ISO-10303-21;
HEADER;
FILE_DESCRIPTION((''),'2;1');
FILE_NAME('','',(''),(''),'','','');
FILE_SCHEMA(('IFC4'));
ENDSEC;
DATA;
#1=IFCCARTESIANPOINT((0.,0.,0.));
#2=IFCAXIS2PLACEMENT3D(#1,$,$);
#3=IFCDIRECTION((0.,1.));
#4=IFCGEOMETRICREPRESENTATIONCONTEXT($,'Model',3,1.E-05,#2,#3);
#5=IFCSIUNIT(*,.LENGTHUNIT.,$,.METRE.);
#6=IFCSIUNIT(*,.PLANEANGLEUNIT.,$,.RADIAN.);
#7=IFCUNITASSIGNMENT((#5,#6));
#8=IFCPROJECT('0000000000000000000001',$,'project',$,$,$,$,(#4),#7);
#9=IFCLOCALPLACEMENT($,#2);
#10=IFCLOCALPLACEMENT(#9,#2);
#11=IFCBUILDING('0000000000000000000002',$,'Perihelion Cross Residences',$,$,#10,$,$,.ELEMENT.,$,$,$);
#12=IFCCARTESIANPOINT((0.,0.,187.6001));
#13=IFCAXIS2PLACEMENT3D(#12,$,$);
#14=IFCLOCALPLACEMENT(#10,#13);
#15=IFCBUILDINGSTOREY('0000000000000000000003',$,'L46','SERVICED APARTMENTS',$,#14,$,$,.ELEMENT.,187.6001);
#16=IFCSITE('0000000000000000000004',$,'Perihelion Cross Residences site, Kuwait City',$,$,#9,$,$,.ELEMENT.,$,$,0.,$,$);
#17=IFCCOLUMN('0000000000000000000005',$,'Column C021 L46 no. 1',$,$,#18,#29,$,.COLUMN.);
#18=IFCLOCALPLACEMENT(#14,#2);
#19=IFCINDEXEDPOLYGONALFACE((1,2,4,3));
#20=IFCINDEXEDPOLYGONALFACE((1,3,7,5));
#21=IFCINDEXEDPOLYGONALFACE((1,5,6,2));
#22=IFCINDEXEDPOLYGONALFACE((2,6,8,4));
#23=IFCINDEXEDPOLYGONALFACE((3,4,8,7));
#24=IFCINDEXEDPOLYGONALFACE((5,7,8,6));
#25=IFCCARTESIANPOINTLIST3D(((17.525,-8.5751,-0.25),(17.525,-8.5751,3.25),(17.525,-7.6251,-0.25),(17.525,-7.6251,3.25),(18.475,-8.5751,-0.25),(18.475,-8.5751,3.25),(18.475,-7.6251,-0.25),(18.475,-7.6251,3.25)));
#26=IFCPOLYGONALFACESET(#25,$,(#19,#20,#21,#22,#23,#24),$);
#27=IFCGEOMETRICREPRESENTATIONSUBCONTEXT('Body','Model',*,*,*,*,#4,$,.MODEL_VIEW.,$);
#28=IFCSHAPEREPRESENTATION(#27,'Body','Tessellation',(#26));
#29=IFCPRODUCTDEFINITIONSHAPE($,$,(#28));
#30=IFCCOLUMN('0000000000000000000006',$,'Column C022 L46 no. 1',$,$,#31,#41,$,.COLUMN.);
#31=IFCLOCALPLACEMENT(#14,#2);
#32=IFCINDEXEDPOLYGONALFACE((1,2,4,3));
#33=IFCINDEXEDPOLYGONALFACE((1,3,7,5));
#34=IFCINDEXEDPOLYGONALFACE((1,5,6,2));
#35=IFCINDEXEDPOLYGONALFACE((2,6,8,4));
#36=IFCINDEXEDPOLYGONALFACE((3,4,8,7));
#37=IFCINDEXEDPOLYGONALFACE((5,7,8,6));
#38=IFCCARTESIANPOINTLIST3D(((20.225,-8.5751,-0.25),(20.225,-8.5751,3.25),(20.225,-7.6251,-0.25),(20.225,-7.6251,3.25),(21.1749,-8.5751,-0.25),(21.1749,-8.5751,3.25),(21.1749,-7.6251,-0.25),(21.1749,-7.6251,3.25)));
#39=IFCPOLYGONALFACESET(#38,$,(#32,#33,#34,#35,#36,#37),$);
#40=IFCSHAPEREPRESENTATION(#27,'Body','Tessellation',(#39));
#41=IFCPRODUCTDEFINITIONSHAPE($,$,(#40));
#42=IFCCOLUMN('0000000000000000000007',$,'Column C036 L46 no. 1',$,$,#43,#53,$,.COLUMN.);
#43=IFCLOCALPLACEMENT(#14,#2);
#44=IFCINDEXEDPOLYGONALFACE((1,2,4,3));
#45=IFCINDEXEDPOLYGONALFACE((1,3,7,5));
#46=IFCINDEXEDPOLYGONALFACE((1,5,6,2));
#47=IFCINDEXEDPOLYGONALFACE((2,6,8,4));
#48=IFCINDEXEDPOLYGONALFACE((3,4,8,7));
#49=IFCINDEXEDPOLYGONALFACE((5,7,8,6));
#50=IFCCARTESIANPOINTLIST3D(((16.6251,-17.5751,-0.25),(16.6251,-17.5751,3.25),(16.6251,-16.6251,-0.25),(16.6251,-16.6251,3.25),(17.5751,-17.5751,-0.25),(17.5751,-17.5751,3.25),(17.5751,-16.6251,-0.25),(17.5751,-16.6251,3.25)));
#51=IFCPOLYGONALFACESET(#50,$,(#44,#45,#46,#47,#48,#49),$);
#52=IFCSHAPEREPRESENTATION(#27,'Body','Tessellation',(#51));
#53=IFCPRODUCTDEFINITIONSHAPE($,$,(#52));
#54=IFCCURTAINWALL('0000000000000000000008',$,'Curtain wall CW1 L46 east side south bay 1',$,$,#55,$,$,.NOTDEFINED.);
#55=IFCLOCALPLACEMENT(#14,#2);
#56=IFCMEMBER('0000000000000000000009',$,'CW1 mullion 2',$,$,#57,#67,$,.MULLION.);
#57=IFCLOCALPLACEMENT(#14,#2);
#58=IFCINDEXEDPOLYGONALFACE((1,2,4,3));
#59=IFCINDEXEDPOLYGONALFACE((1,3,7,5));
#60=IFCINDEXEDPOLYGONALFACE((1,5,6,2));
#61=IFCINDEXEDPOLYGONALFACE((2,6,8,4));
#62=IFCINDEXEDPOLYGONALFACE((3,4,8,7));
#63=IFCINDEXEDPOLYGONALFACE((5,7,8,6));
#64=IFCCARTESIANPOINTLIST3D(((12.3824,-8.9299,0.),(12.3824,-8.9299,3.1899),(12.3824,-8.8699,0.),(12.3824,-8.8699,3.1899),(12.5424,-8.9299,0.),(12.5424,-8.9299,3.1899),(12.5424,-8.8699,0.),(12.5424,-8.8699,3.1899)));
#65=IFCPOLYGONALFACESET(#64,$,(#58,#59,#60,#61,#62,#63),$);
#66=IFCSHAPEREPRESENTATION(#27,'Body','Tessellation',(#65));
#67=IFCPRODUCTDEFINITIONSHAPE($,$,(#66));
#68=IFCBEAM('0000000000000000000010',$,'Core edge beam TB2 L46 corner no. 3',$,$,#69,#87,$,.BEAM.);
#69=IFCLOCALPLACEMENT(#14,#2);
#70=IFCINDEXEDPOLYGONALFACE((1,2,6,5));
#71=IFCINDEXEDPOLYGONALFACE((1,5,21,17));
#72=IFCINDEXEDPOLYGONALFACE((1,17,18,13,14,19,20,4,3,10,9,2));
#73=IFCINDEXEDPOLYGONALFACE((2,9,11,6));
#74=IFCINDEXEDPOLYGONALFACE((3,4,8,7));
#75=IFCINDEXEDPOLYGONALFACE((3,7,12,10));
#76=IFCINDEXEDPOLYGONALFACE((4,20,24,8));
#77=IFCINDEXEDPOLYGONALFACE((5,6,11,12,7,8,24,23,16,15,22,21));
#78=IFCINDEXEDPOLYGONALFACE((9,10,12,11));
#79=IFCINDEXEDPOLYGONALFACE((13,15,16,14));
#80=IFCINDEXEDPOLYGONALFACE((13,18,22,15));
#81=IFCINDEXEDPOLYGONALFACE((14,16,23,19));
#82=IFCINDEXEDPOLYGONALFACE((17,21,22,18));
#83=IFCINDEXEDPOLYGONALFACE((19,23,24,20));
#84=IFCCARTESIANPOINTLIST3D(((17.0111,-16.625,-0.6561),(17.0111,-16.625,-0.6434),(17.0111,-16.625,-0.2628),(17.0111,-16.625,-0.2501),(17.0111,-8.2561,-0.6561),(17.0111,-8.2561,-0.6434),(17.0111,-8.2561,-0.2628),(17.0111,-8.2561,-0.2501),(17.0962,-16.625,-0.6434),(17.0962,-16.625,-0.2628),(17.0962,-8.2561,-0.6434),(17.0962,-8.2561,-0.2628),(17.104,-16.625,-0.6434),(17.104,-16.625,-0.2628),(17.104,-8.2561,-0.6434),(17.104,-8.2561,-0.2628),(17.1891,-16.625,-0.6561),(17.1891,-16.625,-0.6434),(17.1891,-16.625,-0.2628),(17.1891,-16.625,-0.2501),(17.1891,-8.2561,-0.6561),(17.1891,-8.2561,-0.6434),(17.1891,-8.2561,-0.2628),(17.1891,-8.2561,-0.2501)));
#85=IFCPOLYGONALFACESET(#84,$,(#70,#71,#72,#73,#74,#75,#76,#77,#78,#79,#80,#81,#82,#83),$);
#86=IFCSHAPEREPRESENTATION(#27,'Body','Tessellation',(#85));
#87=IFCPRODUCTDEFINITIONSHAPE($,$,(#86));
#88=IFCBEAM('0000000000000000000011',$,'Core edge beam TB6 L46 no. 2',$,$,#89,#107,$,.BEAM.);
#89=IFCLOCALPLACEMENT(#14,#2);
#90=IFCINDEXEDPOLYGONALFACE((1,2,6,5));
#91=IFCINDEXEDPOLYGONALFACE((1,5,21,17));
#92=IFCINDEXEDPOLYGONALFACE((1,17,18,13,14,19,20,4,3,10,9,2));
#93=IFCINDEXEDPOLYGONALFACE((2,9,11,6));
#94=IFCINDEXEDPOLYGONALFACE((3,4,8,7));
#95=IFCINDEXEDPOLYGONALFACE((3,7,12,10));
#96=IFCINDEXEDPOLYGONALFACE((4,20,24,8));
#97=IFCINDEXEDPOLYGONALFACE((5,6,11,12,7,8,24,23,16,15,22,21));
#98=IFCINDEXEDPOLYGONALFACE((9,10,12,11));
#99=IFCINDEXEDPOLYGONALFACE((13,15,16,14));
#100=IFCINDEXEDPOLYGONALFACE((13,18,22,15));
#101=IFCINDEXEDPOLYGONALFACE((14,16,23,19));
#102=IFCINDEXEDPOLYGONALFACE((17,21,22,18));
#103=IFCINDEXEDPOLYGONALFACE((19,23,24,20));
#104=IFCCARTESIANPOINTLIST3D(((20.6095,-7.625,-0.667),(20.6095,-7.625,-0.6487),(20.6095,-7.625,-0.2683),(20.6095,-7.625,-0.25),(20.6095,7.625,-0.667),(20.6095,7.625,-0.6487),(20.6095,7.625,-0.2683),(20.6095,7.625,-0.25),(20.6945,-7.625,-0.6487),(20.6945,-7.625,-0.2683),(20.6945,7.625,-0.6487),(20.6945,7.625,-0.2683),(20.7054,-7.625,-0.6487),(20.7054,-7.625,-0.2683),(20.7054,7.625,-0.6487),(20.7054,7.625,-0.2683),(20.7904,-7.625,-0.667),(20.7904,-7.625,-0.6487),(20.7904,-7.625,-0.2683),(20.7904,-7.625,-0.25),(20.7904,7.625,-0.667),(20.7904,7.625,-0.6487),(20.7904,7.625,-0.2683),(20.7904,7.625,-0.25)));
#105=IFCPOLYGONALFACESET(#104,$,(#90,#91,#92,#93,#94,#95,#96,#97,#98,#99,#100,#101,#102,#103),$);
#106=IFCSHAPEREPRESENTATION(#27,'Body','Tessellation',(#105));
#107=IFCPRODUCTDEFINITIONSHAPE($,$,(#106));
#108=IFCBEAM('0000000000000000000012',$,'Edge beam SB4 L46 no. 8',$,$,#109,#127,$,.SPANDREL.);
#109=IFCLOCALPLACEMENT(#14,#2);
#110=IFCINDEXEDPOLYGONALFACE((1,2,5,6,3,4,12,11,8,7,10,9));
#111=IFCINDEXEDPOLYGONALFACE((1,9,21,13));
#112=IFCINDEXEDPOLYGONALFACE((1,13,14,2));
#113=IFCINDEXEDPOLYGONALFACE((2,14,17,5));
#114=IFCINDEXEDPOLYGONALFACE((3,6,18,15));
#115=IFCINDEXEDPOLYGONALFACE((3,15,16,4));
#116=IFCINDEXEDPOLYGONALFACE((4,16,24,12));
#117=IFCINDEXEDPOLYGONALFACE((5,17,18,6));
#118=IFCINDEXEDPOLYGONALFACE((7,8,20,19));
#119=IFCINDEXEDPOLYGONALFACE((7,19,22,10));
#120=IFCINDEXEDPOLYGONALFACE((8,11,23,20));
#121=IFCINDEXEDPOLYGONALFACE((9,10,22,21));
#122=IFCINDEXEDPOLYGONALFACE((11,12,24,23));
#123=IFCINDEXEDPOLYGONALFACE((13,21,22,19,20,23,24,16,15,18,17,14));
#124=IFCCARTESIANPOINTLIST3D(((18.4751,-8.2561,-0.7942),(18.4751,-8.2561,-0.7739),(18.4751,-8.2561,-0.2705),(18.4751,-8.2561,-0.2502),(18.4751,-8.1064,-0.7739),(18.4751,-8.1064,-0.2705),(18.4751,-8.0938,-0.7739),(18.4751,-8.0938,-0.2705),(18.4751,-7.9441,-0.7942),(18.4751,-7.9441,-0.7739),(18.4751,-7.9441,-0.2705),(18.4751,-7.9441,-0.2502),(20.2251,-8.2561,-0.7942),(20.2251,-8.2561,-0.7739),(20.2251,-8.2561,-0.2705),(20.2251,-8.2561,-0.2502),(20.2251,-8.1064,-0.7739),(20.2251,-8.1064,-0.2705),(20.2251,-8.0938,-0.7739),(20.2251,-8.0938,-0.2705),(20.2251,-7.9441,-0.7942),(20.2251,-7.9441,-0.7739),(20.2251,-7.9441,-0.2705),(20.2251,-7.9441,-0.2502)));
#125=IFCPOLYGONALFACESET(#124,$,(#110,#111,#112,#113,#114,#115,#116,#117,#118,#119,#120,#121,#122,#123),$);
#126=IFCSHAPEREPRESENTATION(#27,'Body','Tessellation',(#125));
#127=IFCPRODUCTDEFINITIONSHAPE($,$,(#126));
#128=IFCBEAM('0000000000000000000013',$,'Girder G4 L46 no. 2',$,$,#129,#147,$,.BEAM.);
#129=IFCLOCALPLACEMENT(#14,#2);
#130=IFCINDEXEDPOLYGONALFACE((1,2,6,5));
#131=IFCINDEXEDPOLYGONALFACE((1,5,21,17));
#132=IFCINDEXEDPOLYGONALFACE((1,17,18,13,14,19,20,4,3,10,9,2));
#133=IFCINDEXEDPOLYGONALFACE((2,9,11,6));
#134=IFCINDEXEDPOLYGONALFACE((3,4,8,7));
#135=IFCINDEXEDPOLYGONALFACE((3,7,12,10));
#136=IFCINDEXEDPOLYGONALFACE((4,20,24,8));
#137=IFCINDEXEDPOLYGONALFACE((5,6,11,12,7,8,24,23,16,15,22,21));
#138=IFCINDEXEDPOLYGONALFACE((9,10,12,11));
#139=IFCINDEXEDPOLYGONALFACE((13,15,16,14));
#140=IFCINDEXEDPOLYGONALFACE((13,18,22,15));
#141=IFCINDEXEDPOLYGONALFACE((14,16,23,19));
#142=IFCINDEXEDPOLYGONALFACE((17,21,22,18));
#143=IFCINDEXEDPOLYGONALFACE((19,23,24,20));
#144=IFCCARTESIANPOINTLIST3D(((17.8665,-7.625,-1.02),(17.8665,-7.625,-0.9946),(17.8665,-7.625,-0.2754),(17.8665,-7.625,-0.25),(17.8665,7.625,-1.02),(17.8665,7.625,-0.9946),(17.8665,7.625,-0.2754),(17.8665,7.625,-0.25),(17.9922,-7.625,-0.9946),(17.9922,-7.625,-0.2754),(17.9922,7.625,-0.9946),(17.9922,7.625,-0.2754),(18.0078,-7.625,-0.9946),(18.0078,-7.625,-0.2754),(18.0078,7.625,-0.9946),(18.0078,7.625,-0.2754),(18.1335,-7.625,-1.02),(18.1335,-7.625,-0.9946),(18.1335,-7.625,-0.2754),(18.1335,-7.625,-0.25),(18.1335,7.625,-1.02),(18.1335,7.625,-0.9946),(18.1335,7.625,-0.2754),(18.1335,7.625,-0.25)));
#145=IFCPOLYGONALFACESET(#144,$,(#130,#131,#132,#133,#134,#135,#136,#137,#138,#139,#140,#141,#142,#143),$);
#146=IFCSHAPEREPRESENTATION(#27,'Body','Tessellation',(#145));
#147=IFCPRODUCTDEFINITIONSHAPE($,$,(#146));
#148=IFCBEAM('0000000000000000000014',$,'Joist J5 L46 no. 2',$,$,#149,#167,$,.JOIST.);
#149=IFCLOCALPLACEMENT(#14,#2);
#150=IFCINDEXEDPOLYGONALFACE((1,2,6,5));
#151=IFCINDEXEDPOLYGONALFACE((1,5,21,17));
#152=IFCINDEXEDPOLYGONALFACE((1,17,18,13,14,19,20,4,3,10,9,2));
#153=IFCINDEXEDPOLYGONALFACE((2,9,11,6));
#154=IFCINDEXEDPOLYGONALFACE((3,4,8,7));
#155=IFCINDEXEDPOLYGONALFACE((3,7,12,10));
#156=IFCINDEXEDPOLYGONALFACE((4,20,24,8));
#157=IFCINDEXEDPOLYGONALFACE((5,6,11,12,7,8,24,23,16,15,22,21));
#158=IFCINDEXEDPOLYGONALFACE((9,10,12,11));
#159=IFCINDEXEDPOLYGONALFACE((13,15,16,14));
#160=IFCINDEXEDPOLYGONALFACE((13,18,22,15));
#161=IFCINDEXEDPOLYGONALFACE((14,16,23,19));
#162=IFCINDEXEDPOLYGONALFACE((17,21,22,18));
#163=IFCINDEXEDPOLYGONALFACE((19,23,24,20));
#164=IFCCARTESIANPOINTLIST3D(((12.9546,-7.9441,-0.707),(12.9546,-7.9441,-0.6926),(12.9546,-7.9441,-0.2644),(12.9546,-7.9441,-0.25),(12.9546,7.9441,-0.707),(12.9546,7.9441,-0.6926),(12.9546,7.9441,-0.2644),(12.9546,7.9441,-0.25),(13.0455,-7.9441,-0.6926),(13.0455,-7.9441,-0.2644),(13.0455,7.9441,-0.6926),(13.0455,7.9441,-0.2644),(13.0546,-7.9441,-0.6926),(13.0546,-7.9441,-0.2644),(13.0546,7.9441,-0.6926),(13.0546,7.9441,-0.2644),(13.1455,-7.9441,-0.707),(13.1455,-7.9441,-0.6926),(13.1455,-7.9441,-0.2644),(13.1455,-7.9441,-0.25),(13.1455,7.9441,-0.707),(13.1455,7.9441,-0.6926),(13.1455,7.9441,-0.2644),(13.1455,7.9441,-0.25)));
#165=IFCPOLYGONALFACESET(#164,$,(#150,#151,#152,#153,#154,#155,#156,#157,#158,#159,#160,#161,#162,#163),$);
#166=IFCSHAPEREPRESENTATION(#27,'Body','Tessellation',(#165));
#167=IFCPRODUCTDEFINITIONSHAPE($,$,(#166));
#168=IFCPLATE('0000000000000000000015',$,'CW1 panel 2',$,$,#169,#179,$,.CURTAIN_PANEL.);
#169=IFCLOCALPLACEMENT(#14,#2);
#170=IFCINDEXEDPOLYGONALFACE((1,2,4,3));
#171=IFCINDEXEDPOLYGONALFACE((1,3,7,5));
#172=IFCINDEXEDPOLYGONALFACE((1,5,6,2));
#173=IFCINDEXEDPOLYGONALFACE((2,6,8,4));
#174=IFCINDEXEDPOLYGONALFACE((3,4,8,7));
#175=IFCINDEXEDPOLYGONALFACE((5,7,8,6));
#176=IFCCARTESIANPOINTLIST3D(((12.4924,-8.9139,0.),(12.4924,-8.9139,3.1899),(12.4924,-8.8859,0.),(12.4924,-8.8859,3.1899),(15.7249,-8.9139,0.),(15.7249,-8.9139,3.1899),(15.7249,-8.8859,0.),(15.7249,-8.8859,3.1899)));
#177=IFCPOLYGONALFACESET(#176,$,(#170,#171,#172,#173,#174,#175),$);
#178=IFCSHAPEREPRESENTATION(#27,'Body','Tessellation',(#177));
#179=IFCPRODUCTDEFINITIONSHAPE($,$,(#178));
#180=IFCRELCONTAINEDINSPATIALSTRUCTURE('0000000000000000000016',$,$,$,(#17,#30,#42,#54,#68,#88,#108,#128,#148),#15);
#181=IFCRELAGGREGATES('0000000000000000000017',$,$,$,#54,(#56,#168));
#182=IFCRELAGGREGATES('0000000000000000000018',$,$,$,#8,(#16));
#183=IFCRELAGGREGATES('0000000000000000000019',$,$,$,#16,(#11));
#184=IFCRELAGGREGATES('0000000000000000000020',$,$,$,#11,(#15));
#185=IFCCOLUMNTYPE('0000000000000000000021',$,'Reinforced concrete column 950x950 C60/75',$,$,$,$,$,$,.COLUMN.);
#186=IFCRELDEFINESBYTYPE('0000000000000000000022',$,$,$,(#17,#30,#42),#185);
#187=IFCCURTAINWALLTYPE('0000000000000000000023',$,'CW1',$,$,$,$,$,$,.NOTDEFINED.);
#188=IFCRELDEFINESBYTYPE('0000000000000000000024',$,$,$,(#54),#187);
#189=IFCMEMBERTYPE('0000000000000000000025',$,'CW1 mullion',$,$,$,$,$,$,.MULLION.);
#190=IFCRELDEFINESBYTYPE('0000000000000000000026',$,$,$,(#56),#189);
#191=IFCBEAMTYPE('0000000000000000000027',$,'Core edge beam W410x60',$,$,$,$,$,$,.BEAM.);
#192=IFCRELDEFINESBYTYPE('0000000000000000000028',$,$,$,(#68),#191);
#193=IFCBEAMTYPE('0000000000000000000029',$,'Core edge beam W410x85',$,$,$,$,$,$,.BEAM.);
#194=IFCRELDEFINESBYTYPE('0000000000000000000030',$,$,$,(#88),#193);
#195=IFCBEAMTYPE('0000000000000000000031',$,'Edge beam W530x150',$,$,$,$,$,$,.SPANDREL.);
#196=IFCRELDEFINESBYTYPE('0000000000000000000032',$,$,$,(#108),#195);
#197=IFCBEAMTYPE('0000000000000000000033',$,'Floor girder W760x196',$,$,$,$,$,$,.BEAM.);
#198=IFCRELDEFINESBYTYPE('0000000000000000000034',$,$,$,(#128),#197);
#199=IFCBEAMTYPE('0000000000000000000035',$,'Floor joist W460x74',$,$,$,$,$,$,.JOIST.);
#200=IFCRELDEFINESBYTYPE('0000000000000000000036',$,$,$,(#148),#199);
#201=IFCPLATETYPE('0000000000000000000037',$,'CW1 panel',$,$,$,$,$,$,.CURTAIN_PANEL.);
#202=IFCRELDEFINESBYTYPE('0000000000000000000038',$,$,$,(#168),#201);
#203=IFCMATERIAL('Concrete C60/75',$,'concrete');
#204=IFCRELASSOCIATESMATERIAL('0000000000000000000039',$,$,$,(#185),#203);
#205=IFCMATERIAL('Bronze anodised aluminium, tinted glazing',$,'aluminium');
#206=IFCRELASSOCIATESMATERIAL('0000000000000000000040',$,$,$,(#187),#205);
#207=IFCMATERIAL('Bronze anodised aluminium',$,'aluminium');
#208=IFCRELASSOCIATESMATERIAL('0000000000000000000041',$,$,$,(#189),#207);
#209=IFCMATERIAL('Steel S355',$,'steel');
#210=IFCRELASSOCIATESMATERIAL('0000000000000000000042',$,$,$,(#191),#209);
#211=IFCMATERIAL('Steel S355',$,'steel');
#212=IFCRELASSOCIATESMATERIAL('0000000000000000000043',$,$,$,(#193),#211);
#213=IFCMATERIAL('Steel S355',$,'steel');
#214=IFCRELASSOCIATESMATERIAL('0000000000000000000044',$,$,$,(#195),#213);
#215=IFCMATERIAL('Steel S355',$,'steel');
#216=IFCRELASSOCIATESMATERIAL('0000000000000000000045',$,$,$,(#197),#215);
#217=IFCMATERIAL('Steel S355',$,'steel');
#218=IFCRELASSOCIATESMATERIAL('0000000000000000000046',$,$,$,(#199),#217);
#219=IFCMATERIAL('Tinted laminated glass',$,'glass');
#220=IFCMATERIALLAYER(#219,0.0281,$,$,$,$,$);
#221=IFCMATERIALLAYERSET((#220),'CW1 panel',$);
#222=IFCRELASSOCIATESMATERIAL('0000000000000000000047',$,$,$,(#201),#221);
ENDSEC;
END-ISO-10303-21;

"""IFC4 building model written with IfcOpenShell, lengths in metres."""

from ifc_helpers import new_model, si_unit, direction, frame, origin, origin_2d, place, context, subcontext, project, spatial, rectangle, i_section, extrude, material, layer, layer_set, material_profile, profile_set, type_object, element, aggregate, save


model = new_model("IFC4")

# Units and contexts
model_context = context("Model", 3, precision=1e-05, world=origin(), true_north=direction((0.0, 1.0)))
body_context = subcontext(model_context, "Body", "Model", "MODEL_VIEW")
ifc_project = project(units=[si_unit("LENGTHUNIT", "METRE"), si_unit("PLANEANGLEUNIT", "RADIAN")], contexts=[model_context])

# Site, building, storey
site_placement = place(None, origin())
site = spatial("IfcSite", under=ifc_project, at=site_placement, Name="Perihelion Cross Residences site, Kuwait City", CompositionType="ELEMENT", RefElevation=0.0)
building_placement = place(site_placement, origin())
building = spatial("IfcBuilding", under=site, at=building_placement, Name="Perihelion Cross Residences", CompositionType="ELEMENT")
storey_placement = place(building_placement, frame((0.0, 0.0, 187.6001)))
storey = spatial("IfcBuildingStorey", under=building, at=storey_placement, Name="L46", Description="SERVICED APARTMENTS", CompositionType="ELEMENT", Elevation=187.6001)

# Columns
ifc_material_1 = material(Name="Concrete C60/75", Category="concrete")
ifc_material_profile_1 = material_profile(ifc_material_1, rectangle(XDim=0.95, YDim=0.95, at=origin_2d()), Name="RC 950x950")
ifc_profile_set_1 = profile_set([ifc_material_profile_1], Name="Concrete C60/75")
column_type = type_object("IfcColumnType", Name="Reinforced concrete column 950x950 C60/75", PredefinedType="COLUMN", material=ifc_profile_set_1)
for number, where, z_axis, x_axis, name in (
    (1, (18.0, -8.1001, -0.25), (0.0, 0.0, 1.0), (1.0, 0.0, 0.0), "Column C021 L46 no. 1"),
    (2, (20.7, -8.1001, -0.25), (0.0, 0.0, 1.0), (1.0, 0.0, 0.0), "Column C022 L46 no. 1"),
    (3, (17.1001, -17.1001, -0.25), (0.0, 0.0, 1.0), (1.0, 0.0, 0.0), "Column C036 L46 no. 1"),
):
    element("IfcColumn", number, at=place(storey_placement, frame(where, z_axis=z_axis, x_axis=x_axis)), inside=storey, type_object=column_type, Name=name, PredefinedType="COLUMN", context=body_context, shape_type="SweptSolid", body=[
        extrude(rectangle(XDim=0.95, YDim=0.95, at=origin_2d()), origin(), (0.0, 0.0, 1.0), 3.5),
    ])

# Curtain wall, member
ifc_material_2 = material(Name="Bronze anodised aluminium, tinted glazing", Category="aluminium")
curtain_wall_type = type_object("IfcCurtainWallType", Name="CW1", PredefinedType="NOTDEFINED", material=ifc_material_2)
curtain_wall_placement = place(storey_placement, origin())
curtain_wall = element("IfcCurtainWall", 4, at=curtain_wall_placement, inside=storey, type_object=curtain_wall_type, Name="Curtain wall CW1 L46 east side south bay 1", PredefinedType="NOTDEFINED")
ifc_material_3 = material(Name="Bronze anodised aluminium", Category="aluminium")
ifc_material_profile_2 = material_profile(ifc_material_3, rectangle(XDim=0.0601, YDim=0.1599, at=origin_2d()), Name="CW1 mullion")
ifc_profile_set_2 = profile_set([ifc_material_profile_2], Name="Bronze anodised aluminium")
member_type = type_object("IfcMemberType", Name="CW1 mullion", PredefinedType="MULLION", material=ifc_profile_set_2)
member_placement = place(storey_placement, frame((12.4624, -8.8999, 0.0), z_axis=(0.0, 0.0, 1.0), x_axis=(0.0, 1.0, 0.0)))
member = element("IfcMember", 5, at=member_placement, type_object=member_type, Name="CW1 mullion 2", PredefinedType="MULLION", context=body_context, shape_type="SweptSolid", body=[
    extrude(rectangle(XDim=0.0601, YDim=0.1599, at=origin_2d()), origin(), (0.0, 0.0, 1.0), 3.1899),
])

# Beams
ifc_material_4 = material(Name="Steel S355", Category="steel")
ifc_material_profile_3 = material_profile(ifc_material_4, i_section(OverallWidth=0.178, OverallDepth=0.406, WebThickness=0.0078, FlangeThickness=0.0127, at=origin_2d()), Name="W410x60")
ifc_profile_set_3 = profile_set([ifc_material_profile_3], Name="Steel S355")
beam_type_1 = type_object("IfcBeamType", Name="Core edge beam W410x60", PredefinedType="BEAM", material=ifc_profile_set_3)
beam_1_placement = place(storey_placement, frame((17.1001, -8.2561, -0.4531), z_axis=(0.0, -1.0, 0.0), x_axis=(1.0, 0.0, 0.0)))
element("IfcBeam", 6, at=beam_1_placement, inside=storey, type_object=beam_type_1, Name="Core edge beam TB2 L46 corner no. 3", PredefinedType="BEAM", context=body_context, shape_type="SweptSolid", body=[
    extrude(i_section(OverallWidth=0.178, OverallDepth=0.406, WebThickness=0.0078, FlangeThickness=0.0127, at=origin_2d()), origin(), (0.0, 0.0, 1.0), 8.3689),
])
ifc_material_5 = material(Name="Steel S355", Category="steel")
ifc_material_profile_4 = material_profile(ifc_material_5, i_section(OverallWidth=0.1809, OverallDepth=0.417, WebThickness=0.011, FlangeThickness=0.0183, at=origin_2d()), Name="W410x85")
ifc_profile_set_4 = profile_set([ifc_material_profile_4], Name="Steel S355")
beam_type_2 = type_object("IfcBeamType", Name="Core edge beam W410x85", PredefinedType="BEAM", material=ifc_profile_set_4)
beam_2_placement = place(storey_placement, frame((20.7, -7.625, -0.4585), z_axis=(0.0, 1.0, 0.0), x_axis=(-1.0, 0.0, 0.0)))
element("IfcBeam", 7, at=beam_2_placement, inside=storey, type_object=beam_type_2, Name="Core edge beam TB6 L46 no. 2", PredefinedType="BEAM", context=body_context, shape_type="SweptSolid", body=[
    extrude(i_section(OverallWidth=0.1809, OverallDepth=0.417, WebThickness=0.011, FlangeThickness=0.0183, at=origin_2d()), origin(), (0.0, 0.0, 1.0), 15.25),
])
ifc_material_6 = material(Name="Steel S355", Category="steel")
ifc_material_profile_5 = material_profile(ifc_material_6, i_section(OverallWidth=0.312, OverallDepth=0.5439, WebThickness=0.0127, FlangeThickness=0.0203, at=origin_2d()), Name="W530x150")
ifc_profile_set_5 = profile_set([ifc_material_profile_5], Name="Steel S355")
beam_type_3 = type_object("IfcBeamType", Name="Edge beam W530x150", PredefinedType="SPANDREL", material=ifc_profile_set_5)
beam_3_placement = place(storey_placement, frame((18.4751, -8.1001, -0.5222), z_axis=(1.0, 0.0, 0.0), x_axis=(0.0, 1.0, 0.0)))
element("IfcBeam", 8, at=beam_3_placement, inside=storey, type_object=beam_type_3, Name="Edge beam SB4 L46 no. 8", PredefinedType="SPANDREL", context=body_context, shape_type="SweptSolid", body=[
    extrude(i_section(OverallWidth=0.312, OverallDepth=0.5439, WebThickness=0.0127, FlangeThickness=0.0203, at=origin_2d()), origin(), (0.0, 0.0, 1.0), 1.75),
])
ifc_material_7 = material(Name="Steel S355", Category="steel")
ifc_material_profile_6 = material_profile(ifc_material_7, i_section(OverallWidth=0.2671, OverallDepth=0.77, WebThickness=0.0156, FlangeThickness=0.0254, at=origin_2d()), Name="W760x196")
ifc_profile_set_6 = profile_set([ifc_material_profile_6], Name="Steel S355")
beam_type_4 = type_object("IfcBeamType", Name="Floor girder W760x196", PredefinedType="BEAM", material=ifc_profile_set_6)
beam_4_placement = place(storey_placement, frame((18.0, -7.625, -0.635), z_axis=(0.0, 1.0, 0.0), x_axis=(-1.0, 0.0, 0.0)))
element("IfcBeam", 9, at=beam_4_placement, inside=storey, type_object=beam_type_4, Name="Girder G4 L46 no. 2", PredefinedType="BEAM", context=body_context, shape_type="SweptSolid", body=[
    extrude(i_section(OverallWidth=0.2671, OverallDepth=0.77, WebThickness=0.0156, FlangeThickness=0.0254, at=origin_2d()), origin(), (0.0, 0.0, 1.0), 15.25),
])
ifc_material_8 = material(Name="Steel S355", Category="steel")
ifc_material_profile_7 = material_profile(ifc_material_8, i_section(OverallWidth=0.1909, OverallDepth=0.457, WebThickness=0.009, FlangeThickness=0.0144, at=origin_2d()), Name="W460x74")
ifc_profile_set_7 = profile_set([ifc_material_profile_7], Name="Steel S355")
beam_type_5 = type_object("IfcBeamType", Name="Floor joist W460x74", PredefinedType="JOIST", material=ifc_profile_set_7)
beam_5_placement = place(storey_placement, frame((13.05, -7.9441, -0.4785), z_axis=(0.0, 1.0, 0.0), x_axis=(-1.0, 0.0, 0.0)))
element("IfcBeam", 10, at=beam_5_placement, inside=storey, type_object=beam_type_5, Name="Joist J5 L46 no. 2", PredefinedType="JOIST", context=body_context, shape_type="SweptSolid", body=[
    extrude(i_section(OverallWidth=0.1909, OverallDepth=0.457, WebThickness=0.009, FlangeThickness=0.0144, at=origin_2d()), origin(), (0.0, 0.0, 1.0), 15.8882),
])

# Plate
ifc_material_9 = material(Name="Tinted laminated glass", Category="glass")
ifc_layer_1 = layer(ifc_material_9, 0.0281)
ifc_layer_set_1 = layer_set([ifc_layer_1], Name="CW1 panel")
plate_type = type_object("IfcPlateType", Name="CW1 panel", PredefinedType="CURTAIN_PANEL", material=ifc_layer_set_1)
plate_placement = place(storey_placement, frame((14.1086, -8.8999, 0.0), z_axis=(0.0, 0.0, 1.0), x_axis=(1.0, 0.0, 0.0)))
plate = element("IfcPlate", 11, at=plate_placement, type_object=plate_type, Name="CW1 panel 2", PredefinedType="CURTAIN_PANEL", context=body_context, shape_type="SweptSolid", body=[
    extrude(rectangle(XDim=3.2324, YDim=0.0281, at=origin_2d()), origin(), (0.0, 0.0, 1.0), 3.1899),
])
aggregate(curtain_wall, [member, plate])

save(model, "model.ifc")
